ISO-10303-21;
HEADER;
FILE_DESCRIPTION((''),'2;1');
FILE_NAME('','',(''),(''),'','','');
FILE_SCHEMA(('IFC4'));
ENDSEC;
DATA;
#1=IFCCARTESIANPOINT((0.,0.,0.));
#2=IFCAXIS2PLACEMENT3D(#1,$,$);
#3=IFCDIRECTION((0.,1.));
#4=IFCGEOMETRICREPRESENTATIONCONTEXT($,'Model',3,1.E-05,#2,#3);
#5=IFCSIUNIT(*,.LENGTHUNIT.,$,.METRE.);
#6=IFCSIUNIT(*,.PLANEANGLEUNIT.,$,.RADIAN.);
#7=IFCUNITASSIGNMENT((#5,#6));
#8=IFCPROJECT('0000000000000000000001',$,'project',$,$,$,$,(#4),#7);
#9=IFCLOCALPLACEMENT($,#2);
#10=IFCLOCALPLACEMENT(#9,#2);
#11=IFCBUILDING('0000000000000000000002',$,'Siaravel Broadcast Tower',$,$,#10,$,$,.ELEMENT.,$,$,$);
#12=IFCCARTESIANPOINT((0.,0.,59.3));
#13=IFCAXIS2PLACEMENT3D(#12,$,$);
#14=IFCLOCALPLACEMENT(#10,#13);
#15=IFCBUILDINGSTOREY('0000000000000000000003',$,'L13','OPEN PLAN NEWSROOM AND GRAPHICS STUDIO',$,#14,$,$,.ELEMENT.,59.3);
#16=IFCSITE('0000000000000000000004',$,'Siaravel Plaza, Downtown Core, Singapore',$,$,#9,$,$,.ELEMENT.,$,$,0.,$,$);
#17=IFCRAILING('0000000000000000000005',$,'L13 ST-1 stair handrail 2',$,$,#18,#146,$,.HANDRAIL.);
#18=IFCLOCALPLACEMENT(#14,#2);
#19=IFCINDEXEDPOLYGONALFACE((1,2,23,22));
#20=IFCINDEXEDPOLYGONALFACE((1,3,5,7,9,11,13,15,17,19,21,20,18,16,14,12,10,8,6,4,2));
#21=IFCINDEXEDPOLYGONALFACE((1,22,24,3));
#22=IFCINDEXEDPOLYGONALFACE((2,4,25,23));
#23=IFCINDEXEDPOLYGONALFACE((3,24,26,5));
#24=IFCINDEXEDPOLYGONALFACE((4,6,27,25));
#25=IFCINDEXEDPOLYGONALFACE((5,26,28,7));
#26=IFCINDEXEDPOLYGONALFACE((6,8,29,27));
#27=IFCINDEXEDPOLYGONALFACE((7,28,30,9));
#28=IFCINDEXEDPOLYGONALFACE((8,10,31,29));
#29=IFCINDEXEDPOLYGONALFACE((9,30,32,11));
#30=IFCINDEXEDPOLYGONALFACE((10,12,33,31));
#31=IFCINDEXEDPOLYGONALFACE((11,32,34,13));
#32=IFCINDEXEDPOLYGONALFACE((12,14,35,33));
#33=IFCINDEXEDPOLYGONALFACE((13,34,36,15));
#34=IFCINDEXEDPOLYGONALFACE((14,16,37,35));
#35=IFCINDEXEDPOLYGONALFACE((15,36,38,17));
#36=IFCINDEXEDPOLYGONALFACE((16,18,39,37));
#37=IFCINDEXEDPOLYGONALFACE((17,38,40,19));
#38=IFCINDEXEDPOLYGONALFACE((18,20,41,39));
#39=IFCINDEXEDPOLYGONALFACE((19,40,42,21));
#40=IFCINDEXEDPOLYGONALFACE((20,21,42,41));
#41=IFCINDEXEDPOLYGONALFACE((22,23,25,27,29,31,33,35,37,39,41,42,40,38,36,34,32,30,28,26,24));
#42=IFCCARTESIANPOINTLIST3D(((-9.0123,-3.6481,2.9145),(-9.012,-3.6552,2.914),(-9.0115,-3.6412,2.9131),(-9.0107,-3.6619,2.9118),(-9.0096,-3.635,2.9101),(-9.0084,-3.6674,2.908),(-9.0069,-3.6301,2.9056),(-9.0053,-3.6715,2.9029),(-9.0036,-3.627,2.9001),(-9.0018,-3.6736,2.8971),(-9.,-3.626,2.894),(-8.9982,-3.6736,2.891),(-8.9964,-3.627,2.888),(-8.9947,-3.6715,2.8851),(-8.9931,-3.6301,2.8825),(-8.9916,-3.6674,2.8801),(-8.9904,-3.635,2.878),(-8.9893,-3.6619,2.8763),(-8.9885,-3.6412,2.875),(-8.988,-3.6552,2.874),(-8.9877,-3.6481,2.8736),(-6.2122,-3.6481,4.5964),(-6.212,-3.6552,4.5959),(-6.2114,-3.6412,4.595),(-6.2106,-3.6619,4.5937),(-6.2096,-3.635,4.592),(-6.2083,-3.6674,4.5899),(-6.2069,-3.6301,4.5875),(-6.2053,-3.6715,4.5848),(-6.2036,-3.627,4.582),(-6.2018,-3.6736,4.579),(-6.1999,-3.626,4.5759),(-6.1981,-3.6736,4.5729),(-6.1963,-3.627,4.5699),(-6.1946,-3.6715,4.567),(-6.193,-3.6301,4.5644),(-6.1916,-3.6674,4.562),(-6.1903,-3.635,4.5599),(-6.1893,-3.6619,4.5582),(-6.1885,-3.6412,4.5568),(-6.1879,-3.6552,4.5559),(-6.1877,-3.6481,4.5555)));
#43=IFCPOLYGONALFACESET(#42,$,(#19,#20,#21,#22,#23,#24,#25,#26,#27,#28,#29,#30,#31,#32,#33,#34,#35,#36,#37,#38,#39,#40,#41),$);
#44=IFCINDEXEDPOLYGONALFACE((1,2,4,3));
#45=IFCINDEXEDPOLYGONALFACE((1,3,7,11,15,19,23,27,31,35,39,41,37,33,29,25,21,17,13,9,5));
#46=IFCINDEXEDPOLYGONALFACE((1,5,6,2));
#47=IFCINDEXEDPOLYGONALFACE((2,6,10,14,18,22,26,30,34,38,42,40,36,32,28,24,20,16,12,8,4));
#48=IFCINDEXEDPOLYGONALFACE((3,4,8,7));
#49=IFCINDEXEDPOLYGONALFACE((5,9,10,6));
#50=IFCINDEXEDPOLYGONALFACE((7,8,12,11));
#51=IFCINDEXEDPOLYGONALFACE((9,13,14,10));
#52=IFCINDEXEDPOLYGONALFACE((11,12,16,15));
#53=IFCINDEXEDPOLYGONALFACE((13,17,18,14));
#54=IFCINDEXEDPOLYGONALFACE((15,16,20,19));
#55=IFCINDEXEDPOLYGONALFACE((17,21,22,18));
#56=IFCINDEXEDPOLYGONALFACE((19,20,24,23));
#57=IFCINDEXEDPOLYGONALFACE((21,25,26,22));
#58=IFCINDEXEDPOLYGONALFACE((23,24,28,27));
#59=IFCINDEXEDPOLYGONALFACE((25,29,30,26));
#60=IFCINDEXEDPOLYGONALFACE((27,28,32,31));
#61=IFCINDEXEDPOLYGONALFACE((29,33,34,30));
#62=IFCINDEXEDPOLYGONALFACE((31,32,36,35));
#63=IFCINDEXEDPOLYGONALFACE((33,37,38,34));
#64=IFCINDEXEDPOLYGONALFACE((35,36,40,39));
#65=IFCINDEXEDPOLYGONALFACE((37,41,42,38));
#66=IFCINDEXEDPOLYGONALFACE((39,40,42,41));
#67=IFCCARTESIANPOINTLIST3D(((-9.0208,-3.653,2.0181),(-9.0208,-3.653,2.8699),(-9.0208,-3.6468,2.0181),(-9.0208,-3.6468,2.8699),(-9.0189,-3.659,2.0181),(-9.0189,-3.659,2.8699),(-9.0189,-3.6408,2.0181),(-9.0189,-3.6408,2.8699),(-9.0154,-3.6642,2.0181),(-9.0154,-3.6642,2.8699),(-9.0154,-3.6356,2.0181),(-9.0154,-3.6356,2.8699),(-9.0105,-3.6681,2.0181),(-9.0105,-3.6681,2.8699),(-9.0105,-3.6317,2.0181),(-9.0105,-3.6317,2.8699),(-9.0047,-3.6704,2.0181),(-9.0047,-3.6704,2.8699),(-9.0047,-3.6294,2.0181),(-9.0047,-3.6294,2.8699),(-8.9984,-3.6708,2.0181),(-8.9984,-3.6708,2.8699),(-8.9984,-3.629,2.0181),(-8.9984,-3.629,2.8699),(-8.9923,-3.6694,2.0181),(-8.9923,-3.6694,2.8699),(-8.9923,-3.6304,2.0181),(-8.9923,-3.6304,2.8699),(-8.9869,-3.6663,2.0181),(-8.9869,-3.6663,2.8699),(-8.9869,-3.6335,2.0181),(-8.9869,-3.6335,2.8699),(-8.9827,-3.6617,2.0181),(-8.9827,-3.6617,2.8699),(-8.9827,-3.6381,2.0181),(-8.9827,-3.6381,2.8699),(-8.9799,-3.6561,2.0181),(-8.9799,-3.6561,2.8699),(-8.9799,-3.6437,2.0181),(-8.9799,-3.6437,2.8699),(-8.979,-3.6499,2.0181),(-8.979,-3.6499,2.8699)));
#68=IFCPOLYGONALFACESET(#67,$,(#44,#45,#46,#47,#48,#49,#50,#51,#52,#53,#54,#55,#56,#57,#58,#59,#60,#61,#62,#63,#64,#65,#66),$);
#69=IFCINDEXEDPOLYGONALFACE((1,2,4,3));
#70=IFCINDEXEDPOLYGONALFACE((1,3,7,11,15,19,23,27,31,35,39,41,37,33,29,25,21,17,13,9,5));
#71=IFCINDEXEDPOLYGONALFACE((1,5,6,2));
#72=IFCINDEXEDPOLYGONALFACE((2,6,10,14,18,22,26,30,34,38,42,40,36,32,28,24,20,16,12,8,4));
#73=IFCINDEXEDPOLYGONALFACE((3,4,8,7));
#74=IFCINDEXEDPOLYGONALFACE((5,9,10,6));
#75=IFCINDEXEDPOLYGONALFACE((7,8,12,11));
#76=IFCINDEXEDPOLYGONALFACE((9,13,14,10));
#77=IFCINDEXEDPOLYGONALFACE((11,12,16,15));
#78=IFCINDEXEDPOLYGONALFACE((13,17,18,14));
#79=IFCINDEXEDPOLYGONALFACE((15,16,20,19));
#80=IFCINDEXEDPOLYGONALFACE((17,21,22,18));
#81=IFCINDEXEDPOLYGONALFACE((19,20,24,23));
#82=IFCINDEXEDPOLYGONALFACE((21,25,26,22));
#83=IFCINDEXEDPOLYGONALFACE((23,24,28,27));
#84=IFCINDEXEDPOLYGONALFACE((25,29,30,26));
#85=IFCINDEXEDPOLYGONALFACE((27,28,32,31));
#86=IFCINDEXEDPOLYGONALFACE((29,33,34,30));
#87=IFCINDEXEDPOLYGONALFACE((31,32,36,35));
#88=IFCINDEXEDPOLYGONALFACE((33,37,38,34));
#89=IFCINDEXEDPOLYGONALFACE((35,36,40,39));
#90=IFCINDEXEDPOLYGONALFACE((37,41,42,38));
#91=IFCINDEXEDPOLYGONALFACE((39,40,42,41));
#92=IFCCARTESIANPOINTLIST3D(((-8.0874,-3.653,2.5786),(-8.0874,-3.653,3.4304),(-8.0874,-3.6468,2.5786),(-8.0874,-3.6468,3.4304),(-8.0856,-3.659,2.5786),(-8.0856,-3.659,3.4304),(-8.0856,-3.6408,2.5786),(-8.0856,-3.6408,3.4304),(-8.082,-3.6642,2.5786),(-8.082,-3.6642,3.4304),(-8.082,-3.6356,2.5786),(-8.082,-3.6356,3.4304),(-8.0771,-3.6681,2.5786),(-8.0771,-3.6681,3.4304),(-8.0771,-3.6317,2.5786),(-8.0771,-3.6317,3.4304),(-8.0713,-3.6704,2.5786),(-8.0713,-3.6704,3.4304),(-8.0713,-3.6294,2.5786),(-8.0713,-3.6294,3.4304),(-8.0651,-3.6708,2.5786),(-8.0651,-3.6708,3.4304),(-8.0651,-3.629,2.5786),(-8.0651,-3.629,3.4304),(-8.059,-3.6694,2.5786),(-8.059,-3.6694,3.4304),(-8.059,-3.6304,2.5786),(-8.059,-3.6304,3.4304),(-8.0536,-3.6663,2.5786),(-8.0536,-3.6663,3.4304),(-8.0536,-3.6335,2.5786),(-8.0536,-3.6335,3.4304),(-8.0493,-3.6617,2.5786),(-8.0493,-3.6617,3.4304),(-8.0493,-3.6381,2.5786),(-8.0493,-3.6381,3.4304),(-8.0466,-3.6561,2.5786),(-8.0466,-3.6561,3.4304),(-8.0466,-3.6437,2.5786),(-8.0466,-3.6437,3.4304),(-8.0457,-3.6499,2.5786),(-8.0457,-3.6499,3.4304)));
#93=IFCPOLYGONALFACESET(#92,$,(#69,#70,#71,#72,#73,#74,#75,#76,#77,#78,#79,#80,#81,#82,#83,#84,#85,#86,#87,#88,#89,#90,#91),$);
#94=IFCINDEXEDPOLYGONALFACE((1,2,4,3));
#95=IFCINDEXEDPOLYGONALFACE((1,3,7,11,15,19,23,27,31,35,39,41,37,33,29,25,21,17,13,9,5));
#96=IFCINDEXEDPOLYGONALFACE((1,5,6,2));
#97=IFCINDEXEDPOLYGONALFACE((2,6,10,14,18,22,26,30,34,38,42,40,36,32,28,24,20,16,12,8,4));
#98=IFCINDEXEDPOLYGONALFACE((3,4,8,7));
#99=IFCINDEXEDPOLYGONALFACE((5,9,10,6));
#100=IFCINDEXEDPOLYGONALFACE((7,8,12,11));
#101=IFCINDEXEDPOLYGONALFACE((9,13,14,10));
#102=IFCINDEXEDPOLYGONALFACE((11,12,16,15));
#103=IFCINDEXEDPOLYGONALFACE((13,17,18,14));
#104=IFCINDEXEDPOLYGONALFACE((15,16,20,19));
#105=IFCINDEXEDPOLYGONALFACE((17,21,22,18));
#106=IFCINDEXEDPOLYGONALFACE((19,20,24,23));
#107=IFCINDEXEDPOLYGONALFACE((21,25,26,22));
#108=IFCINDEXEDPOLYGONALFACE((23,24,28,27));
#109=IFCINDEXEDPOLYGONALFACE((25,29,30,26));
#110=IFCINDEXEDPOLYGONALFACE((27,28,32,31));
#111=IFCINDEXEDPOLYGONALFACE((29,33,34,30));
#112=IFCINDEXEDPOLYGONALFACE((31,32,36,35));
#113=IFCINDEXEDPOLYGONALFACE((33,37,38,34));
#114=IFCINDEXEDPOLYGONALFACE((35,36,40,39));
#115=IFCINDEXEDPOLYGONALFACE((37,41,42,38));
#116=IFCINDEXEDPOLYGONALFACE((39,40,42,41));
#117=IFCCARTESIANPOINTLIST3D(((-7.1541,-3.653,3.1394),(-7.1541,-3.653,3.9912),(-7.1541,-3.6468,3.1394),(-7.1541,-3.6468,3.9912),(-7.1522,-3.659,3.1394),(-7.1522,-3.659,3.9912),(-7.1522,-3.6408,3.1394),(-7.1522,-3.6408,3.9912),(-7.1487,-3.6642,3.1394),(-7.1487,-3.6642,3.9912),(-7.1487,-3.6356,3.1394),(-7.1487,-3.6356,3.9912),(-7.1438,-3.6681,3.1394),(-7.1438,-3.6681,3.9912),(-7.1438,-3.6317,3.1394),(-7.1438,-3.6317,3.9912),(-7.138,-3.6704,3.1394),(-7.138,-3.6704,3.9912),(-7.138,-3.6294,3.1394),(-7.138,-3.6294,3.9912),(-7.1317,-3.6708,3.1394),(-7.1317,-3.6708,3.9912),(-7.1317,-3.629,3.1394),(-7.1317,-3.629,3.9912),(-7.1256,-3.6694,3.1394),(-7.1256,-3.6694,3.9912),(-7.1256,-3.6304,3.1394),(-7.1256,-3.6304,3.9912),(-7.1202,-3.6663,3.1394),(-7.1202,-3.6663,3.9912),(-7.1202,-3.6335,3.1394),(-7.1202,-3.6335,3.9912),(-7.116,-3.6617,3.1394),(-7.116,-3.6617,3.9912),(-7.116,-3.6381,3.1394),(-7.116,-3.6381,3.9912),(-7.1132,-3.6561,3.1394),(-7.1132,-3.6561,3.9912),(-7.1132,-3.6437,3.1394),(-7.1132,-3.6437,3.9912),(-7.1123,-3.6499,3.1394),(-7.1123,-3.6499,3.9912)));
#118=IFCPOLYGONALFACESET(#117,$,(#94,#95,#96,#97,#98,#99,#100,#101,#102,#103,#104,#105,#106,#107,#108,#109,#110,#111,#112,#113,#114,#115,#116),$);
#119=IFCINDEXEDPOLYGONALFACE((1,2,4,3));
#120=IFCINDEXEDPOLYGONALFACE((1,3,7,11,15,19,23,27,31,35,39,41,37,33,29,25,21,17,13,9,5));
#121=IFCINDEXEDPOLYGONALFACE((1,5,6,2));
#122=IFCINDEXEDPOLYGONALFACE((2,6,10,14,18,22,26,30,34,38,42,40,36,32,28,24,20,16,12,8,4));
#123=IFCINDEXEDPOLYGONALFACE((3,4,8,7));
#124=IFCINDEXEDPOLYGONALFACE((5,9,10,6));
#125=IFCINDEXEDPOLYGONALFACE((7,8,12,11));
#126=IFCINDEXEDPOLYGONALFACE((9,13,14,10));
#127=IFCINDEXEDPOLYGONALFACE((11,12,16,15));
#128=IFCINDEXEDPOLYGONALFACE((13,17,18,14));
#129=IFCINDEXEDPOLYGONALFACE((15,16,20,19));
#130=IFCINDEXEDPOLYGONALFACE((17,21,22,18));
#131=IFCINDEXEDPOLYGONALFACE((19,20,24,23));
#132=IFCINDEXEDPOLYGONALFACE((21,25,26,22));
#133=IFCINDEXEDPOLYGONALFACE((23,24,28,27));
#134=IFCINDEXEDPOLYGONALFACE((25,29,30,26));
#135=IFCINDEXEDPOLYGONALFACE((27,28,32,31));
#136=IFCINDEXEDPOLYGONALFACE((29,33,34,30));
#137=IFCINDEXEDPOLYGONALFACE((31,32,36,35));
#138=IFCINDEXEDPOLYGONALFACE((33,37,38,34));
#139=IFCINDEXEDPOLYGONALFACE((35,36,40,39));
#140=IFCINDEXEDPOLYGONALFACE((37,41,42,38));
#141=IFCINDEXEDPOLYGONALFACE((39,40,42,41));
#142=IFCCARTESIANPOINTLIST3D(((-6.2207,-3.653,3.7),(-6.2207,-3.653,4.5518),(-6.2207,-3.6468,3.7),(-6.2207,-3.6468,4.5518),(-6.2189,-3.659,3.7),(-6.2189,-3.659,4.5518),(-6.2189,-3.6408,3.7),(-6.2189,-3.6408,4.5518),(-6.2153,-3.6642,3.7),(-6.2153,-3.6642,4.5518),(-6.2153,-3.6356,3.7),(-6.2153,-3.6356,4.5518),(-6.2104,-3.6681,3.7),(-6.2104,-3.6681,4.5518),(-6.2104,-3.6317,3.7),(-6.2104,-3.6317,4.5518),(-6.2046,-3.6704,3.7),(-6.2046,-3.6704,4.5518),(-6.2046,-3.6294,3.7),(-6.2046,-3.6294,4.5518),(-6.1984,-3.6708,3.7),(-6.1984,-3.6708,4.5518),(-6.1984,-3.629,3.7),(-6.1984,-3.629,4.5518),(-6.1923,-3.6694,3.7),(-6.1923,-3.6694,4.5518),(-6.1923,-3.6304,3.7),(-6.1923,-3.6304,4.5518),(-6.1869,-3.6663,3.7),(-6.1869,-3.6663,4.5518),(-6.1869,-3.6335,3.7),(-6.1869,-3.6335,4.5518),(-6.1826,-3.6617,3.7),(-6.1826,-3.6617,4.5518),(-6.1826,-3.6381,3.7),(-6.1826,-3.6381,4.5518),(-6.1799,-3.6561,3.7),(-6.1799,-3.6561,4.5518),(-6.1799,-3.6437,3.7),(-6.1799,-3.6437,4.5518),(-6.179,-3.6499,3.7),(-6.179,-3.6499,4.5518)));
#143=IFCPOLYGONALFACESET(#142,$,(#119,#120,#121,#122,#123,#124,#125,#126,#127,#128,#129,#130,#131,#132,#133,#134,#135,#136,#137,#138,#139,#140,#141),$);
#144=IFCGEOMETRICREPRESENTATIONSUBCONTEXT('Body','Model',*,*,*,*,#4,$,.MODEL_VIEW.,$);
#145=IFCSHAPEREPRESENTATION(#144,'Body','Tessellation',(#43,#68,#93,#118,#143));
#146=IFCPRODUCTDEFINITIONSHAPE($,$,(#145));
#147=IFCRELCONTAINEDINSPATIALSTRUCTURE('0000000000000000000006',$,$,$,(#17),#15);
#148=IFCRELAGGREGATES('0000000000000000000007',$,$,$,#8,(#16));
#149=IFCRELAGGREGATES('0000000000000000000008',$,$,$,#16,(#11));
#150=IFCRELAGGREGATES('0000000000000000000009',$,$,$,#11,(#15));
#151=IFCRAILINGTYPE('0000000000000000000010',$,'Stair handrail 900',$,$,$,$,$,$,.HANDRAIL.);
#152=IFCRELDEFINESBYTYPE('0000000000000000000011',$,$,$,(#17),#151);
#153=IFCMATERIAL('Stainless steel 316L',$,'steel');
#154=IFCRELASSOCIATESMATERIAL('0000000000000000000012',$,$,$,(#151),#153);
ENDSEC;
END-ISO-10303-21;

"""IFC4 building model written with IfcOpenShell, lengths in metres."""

from ifc_helpers import new_model, si_unit, direction, frame, origin, origin_2d, place, context, subcontext, project, spatial, circle, extrude, material, type_object, element, save


model = new_model("IFC4")

# Units and contexts
model_context = context("Model", 3, precision=1e-05, world=origin(), true_north=direction((0.0, 1.0)))
body_context = subcontext(model_context, "Body", "Model", "MODEL_VIEW")
ifc_project = project(units=[si_unit("LENGTHUNIT", "METRE"), si_unit("PLANEANGLEUNIT", "RADIAN")], contexts=[model_context])

# Site, building, storey
site_placement = place(None, origin())
site = spatial("IfcSite", under=ifc_project, at=site_placement, Name="Siaravel Plaza, Downtown Core, Singapore", CompositionType="ELEMENT", RefElevation=0.0)
building_placement = place(site_placement, origin())
building = spatial("IfcBuilding", under=site, at=building_placement, Name="Siaravel Broadcast Tower", CompositionType="ELEMENT")
storey_placement = place(building_placement, frame((0.0, 0.0, 59.3)))
storey = spatial("IfcBuildingStorey", under=building, at=storey_placement, Name="L13", Description="OPEN PLAN NEWSROOM AND GRAPHICS STUDIO", CompositionType="ELEMENT", Elevation=59.3)

# Shared definitions
ifc_material_1 = material(Name="Stainless steel 316L", Category="steel")

# Railing
railing_type_1 = type_object("IfcRailingType", Name="Stair handrail 900", PredefinedType="HANDRAIL", material=ifc_material_1)
railing_1_placement = place(storey_placement, frame((-9.0, -3.6499, 2.0181)))
element("IfcRailing", 1, at=railing_1_placement, inside=storey, type_object=railing_type_1, Name="L13 ST-1 stair handrail 2", PredefinedType="HANDRAIL", context=body_context, shape_type="SweptSolid", body=[
    extrude(circle(Radius=0.0239, at=origin_2d()), frame((0.0, 0.0, 0.876), z_axis=(0.857242, 0.0, 0.514913), x_axis=(0.0, 1.0, 0.0)), (0.0, 0.0, 1.0), 3.2664),
    extrude(circle(Radius=0.021, at=origin_2d()), origin(), (0.0, 0.0, 1.0), 0.8518),
    extrude(circle(Radius=0.021, at=origin_2d()), frame((0.9333, 0.0, 0.5605)), (0.0, 0.0, 1.0), 0.8518),
    extrude(circle(Radius=0.021, at=origin_2d()), frame((1.8667, 0.0, 1.1213)), (0.0, 0.0, 1.0), 0.8518),
    extrude(circle(Radius=0.021, at=origin_2d()), frame((2.8, 0.0, 1.6819)), (0.0, 0.0, 1.0), 0.8518),
])

save(model, "model.ifc")
